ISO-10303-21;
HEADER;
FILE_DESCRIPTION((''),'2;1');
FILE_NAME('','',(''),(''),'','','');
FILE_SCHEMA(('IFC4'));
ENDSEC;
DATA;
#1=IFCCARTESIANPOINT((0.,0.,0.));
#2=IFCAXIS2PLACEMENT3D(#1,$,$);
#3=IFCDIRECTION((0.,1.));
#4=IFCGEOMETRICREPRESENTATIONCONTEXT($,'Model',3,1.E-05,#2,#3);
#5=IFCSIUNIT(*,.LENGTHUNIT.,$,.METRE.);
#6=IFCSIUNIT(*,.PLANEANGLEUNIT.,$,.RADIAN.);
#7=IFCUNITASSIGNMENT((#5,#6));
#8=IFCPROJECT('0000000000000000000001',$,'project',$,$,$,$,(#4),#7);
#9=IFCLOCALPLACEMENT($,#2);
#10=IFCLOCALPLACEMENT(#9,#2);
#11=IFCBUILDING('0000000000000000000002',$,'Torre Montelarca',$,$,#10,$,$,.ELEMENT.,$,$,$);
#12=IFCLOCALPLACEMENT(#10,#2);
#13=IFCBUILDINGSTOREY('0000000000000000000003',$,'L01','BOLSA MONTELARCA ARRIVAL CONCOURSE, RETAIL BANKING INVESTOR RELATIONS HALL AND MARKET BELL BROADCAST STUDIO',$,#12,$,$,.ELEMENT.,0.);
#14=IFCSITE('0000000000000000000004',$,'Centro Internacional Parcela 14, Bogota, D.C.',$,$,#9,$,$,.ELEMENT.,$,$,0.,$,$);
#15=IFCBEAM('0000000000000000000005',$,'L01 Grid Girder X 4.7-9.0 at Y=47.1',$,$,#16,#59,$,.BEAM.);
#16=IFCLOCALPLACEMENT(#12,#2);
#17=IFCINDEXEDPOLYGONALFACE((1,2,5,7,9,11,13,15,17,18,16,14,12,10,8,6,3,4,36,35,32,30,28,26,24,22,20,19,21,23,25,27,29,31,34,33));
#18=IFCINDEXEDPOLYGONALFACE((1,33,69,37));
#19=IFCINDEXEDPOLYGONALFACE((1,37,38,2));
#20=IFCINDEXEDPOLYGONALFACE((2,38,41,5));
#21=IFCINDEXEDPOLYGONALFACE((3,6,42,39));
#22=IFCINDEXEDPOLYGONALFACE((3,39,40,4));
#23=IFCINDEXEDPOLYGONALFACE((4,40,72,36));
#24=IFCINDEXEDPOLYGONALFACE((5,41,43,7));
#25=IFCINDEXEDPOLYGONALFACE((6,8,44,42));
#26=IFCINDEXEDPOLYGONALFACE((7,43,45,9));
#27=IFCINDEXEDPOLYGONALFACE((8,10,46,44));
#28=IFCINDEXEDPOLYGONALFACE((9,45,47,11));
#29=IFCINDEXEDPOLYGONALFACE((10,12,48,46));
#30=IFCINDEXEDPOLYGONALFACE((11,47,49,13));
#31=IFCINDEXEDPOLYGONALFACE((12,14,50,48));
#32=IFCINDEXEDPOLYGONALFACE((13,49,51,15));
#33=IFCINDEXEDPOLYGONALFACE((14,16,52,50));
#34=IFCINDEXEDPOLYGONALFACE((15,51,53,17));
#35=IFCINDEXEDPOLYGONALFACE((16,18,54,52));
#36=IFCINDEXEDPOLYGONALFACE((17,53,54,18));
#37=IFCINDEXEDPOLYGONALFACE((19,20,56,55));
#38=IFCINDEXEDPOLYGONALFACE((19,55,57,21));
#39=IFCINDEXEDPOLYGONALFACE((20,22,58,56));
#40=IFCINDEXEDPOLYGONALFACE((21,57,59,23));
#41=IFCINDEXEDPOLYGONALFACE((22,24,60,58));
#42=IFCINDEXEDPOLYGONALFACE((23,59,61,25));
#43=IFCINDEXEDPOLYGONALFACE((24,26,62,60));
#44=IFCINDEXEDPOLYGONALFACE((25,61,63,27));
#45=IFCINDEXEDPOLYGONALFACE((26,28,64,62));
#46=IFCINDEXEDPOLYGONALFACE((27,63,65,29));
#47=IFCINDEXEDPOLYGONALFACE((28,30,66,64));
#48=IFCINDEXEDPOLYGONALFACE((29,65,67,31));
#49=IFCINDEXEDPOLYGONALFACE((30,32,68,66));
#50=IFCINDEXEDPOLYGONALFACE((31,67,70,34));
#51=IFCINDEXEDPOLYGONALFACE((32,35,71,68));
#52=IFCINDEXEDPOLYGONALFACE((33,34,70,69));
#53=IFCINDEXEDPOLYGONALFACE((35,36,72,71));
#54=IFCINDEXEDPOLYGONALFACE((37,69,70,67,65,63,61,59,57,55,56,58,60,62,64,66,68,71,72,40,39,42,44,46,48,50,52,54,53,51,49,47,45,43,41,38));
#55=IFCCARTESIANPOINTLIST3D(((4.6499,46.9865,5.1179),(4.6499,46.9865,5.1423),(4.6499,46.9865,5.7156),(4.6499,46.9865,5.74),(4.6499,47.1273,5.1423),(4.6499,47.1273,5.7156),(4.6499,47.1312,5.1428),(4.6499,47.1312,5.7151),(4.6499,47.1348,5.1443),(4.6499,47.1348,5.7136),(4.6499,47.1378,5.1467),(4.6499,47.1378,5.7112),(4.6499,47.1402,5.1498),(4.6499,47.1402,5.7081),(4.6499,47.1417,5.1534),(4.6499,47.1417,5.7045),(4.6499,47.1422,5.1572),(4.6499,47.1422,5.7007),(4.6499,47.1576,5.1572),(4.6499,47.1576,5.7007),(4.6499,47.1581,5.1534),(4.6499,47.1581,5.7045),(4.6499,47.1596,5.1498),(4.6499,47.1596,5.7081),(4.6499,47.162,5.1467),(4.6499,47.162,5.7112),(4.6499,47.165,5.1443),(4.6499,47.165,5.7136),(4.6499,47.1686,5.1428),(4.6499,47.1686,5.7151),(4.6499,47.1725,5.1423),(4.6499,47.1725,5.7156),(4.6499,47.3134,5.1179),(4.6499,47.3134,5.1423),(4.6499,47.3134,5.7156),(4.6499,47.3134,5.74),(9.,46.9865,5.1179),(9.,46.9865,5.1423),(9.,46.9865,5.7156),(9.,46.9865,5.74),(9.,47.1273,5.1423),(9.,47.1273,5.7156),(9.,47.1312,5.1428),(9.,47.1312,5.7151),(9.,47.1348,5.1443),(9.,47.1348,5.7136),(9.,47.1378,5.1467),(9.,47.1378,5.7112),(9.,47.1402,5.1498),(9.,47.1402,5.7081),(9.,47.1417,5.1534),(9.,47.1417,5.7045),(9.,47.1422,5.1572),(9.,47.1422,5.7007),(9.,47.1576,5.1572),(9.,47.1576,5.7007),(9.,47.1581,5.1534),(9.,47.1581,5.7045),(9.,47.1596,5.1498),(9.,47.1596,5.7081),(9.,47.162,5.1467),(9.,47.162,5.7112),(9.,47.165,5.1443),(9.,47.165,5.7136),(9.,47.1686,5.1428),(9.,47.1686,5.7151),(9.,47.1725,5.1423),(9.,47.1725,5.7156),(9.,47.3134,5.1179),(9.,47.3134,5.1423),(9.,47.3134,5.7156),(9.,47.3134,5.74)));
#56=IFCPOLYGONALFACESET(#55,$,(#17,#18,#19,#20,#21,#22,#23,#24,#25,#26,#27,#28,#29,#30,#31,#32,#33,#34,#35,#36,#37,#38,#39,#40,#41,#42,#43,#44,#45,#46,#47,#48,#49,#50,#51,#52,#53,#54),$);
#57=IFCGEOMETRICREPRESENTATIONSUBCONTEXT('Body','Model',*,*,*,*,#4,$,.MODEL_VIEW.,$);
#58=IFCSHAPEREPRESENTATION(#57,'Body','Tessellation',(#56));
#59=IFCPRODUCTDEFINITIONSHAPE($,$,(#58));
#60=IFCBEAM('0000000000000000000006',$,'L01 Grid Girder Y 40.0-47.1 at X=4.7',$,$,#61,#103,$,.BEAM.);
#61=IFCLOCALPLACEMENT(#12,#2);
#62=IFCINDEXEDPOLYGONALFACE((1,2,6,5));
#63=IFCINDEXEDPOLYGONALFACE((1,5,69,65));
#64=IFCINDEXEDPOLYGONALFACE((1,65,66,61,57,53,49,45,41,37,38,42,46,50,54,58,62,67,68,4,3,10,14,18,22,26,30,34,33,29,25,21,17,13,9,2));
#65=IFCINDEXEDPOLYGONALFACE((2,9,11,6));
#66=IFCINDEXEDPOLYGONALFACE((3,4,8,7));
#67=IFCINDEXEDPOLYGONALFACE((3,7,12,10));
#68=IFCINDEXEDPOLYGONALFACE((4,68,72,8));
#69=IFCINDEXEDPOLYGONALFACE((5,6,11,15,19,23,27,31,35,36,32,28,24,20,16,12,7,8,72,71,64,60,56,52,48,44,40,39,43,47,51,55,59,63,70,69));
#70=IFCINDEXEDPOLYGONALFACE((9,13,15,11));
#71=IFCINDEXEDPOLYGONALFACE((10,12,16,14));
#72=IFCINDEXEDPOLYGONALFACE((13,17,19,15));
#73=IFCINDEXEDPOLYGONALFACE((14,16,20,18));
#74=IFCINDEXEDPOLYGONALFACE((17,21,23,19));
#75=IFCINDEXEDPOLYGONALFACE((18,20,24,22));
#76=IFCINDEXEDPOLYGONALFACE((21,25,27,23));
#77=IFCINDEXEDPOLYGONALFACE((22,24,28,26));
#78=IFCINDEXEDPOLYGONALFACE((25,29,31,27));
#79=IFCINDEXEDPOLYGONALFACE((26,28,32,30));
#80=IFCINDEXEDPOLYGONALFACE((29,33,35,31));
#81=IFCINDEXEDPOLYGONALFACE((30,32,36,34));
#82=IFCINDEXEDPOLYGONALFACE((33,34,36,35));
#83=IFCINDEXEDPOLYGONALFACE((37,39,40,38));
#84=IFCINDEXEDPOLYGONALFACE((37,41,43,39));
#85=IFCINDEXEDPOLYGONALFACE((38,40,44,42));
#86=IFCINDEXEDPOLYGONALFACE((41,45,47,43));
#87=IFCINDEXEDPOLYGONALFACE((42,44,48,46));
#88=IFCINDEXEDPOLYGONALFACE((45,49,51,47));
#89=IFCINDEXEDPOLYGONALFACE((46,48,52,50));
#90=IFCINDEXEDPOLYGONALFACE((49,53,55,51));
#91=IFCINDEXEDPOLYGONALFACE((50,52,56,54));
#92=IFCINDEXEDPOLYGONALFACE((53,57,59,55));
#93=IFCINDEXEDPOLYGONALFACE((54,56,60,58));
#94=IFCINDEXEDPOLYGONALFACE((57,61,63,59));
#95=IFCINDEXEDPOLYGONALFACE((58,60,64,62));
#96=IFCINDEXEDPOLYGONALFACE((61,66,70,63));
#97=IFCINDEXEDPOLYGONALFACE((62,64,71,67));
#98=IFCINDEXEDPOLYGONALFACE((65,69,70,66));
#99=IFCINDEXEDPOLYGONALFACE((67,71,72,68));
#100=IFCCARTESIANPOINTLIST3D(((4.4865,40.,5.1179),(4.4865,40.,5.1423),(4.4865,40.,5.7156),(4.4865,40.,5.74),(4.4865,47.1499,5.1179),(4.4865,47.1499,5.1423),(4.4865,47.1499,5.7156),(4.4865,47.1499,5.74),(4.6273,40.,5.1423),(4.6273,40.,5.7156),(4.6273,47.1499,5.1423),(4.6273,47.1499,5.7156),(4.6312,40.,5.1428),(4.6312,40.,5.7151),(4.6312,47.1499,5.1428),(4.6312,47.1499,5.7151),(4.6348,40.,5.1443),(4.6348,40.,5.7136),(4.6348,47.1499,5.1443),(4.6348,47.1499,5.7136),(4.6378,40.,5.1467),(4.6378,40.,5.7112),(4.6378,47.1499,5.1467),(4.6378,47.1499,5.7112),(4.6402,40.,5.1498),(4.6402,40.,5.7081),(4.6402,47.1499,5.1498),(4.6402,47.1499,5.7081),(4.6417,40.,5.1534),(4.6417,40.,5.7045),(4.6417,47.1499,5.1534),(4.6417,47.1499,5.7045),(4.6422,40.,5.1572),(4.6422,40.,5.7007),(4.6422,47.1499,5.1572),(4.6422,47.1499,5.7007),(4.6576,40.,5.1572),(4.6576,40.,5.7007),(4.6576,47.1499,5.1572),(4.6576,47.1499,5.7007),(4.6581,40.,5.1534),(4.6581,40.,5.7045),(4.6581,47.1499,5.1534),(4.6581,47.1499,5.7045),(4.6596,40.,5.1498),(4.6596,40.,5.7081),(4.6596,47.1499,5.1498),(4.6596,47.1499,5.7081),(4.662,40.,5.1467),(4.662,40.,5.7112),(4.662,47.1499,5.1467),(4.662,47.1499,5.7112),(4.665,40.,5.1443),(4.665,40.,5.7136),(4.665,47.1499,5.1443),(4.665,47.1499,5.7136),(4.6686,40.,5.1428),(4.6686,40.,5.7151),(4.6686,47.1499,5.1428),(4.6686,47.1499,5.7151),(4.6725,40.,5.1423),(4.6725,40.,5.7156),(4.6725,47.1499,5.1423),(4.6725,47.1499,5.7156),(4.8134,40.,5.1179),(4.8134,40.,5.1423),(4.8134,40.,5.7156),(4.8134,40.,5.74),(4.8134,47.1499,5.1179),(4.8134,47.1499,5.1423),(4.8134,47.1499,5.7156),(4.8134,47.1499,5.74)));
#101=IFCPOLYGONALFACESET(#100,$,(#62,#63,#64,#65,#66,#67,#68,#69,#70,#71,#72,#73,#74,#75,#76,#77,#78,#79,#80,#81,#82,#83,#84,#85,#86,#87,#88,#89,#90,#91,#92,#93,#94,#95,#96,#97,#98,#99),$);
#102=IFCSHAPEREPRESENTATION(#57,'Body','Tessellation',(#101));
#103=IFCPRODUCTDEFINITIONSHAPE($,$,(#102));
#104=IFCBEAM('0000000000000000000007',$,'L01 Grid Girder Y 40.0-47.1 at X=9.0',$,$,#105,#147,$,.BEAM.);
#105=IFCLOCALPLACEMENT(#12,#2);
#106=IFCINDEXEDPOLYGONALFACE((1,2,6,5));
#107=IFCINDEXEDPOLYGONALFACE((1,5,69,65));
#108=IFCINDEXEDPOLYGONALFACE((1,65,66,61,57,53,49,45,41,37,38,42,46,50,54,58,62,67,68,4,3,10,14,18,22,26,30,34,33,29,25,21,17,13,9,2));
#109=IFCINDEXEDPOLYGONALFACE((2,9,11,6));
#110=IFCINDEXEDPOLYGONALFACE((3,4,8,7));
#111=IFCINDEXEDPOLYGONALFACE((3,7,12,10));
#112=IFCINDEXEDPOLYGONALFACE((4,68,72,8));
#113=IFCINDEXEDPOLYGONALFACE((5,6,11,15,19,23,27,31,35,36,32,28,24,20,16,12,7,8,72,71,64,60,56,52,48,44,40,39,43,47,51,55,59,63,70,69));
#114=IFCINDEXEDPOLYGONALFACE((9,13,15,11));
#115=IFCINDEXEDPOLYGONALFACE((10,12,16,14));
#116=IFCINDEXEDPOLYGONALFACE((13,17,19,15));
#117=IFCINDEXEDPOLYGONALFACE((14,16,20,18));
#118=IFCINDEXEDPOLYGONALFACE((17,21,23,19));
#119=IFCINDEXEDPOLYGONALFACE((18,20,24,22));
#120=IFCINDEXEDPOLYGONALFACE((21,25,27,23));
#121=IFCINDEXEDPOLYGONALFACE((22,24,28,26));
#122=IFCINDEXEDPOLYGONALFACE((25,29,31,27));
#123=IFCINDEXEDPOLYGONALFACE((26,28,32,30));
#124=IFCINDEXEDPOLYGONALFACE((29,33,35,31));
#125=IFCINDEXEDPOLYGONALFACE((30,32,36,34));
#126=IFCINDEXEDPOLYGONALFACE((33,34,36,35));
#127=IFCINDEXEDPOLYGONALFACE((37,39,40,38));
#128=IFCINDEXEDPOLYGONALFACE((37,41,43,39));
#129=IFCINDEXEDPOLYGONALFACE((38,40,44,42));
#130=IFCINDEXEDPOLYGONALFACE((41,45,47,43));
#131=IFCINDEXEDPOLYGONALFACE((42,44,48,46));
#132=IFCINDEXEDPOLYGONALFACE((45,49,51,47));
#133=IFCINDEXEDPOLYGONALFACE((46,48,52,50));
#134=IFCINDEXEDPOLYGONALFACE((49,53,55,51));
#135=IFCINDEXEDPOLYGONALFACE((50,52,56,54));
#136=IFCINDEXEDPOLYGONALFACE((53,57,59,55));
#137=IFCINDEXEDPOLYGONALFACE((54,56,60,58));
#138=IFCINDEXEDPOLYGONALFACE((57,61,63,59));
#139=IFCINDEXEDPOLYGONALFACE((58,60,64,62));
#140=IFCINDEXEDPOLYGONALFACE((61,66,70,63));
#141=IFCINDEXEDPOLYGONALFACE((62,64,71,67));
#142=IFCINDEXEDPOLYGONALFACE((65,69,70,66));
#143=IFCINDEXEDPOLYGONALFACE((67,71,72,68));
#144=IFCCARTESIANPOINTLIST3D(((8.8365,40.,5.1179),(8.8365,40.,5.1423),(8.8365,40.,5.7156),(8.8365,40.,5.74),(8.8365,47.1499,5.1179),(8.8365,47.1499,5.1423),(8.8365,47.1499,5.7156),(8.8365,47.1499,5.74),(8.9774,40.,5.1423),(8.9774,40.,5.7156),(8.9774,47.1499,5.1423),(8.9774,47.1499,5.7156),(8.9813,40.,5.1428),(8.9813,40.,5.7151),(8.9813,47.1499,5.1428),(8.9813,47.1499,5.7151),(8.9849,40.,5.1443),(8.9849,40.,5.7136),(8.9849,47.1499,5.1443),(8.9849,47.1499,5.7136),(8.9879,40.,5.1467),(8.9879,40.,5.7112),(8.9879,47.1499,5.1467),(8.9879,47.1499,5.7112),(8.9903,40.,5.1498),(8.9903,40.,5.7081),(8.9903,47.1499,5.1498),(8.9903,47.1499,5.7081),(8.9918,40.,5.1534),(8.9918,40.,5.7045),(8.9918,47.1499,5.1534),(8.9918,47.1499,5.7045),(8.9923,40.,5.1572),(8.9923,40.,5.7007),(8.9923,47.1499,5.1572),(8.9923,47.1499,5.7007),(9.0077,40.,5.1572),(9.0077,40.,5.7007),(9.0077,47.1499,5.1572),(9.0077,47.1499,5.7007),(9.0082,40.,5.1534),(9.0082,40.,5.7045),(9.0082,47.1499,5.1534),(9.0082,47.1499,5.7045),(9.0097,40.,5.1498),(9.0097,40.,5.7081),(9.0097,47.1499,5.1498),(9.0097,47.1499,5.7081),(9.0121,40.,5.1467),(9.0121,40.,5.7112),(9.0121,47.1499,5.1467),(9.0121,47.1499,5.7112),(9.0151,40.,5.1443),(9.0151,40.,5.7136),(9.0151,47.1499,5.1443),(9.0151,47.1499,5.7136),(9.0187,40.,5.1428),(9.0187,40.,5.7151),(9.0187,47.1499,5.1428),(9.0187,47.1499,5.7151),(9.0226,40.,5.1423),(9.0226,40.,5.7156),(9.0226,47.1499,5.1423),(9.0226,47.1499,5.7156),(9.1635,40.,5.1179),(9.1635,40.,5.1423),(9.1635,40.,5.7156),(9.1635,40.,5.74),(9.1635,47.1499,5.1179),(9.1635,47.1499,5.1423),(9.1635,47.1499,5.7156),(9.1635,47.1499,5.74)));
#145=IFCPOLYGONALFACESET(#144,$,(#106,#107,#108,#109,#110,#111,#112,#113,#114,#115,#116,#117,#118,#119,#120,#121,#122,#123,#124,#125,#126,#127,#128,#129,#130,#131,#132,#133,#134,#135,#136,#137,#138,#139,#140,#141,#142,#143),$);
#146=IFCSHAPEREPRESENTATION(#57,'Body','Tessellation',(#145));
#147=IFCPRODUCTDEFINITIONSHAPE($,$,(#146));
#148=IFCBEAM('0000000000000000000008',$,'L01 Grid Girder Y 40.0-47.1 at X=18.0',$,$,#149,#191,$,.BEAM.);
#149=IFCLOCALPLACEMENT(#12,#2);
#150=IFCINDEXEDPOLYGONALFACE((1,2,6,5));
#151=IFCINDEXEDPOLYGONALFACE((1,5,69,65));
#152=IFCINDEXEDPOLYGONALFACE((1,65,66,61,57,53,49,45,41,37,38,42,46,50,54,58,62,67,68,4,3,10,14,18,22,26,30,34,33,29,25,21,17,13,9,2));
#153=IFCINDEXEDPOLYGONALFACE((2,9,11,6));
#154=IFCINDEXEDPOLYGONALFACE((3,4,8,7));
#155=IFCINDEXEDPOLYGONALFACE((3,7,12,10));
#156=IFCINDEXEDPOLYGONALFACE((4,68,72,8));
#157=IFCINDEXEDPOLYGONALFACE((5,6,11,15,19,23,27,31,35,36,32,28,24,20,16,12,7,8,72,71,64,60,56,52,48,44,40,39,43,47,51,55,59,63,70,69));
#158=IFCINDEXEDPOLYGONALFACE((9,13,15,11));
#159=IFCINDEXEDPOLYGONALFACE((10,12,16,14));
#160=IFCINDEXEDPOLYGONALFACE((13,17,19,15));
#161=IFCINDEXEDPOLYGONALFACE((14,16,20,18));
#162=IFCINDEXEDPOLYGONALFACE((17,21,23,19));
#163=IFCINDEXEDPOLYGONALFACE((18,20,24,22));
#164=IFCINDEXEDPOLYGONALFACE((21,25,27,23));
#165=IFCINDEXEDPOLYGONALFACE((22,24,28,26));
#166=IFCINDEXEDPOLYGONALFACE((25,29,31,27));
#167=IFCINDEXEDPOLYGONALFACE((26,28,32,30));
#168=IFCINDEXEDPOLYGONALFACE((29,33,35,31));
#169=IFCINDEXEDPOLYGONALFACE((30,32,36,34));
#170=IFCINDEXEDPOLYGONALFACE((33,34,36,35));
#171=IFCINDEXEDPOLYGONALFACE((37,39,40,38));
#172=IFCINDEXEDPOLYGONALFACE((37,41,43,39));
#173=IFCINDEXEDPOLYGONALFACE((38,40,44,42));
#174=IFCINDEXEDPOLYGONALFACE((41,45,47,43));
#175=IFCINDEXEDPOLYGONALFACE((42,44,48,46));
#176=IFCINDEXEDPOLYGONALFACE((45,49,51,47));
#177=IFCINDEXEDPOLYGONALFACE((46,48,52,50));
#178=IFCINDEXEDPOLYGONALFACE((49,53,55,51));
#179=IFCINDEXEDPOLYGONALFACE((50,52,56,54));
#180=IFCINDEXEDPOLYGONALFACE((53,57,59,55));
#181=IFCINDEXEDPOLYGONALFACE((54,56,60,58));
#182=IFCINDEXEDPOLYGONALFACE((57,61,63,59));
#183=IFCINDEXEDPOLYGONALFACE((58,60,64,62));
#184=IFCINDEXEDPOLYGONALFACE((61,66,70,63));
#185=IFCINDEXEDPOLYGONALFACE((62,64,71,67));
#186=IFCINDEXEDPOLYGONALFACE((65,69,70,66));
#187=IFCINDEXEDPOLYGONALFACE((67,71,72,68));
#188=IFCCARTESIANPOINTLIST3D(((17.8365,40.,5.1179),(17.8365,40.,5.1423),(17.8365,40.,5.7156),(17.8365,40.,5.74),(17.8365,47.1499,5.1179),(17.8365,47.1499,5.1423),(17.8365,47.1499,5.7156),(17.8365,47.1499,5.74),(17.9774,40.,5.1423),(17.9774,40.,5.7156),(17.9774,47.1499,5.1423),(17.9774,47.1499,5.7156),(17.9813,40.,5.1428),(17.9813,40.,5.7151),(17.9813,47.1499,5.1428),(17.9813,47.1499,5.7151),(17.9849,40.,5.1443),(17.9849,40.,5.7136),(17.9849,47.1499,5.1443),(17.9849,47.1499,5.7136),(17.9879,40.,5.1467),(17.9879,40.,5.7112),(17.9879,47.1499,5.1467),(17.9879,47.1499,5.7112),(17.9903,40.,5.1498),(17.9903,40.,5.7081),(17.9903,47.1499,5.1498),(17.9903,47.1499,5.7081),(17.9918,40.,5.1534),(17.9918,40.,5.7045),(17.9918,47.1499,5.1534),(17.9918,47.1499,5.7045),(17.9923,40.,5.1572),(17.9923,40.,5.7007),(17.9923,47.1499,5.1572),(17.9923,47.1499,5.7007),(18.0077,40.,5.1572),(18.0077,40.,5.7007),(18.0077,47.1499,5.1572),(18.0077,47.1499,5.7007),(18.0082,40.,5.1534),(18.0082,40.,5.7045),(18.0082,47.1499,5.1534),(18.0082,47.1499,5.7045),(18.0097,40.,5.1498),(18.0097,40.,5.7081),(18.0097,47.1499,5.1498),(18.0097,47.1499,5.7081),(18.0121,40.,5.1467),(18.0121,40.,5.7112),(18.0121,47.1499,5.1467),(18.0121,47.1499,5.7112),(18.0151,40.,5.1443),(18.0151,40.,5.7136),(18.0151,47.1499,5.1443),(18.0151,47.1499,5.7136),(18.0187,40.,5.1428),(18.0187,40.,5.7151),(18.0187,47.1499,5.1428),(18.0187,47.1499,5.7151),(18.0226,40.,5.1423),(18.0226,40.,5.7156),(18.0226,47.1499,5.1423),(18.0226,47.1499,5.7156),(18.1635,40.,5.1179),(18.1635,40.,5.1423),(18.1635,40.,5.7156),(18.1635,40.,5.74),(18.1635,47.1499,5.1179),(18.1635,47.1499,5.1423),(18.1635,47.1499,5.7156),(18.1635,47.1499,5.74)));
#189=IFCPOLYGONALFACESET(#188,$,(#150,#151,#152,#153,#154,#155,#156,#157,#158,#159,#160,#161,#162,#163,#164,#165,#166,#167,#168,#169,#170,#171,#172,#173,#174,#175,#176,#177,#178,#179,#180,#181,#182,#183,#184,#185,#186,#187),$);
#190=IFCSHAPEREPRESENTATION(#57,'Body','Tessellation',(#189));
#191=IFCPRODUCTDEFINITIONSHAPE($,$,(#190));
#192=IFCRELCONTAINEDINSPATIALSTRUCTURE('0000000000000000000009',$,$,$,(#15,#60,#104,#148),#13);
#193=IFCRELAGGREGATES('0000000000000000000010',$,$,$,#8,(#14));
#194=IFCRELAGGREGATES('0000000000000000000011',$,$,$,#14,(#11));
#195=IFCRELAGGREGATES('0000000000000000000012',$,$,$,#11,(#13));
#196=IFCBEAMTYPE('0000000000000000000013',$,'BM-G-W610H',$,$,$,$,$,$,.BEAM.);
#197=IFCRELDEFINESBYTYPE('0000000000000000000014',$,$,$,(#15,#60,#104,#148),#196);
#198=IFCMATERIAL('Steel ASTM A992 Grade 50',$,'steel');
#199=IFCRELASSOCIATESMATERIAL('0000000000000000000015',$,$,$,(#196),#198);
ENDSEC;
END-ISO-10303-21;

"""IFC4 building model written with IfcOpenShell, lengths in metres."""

from ifc_helpers import new_model, si_unit, direction, frame, origin, origin_2d, place, context, subcontext, project, spatial, i_section, extrude, source, transform, mapped, material, material_profile, profile_set, type_object, element, save


model = new_model("IFC4")

# Units and contexts
model_context = context("Model", 3, precision=1e-05, world=origin(), true_north=direction((0.0, 1.0)))
body_context = subcontext(model_context, "Body", "Model", "MODEL_VIEW")
ifc_project = project(units=[si_unit("LENGTHUNIT", "METRE"), si_unit("PLANEANGLEUNIT", "RADIAN")], contexts=[model_context])

# Site, building, storey
site_placement = place(None, origin())
site = spatial("IfcSite", under=ifc_project, at=site_placement, Name="Centro Internacional Parcela 14, Bogota, D.C.", CompositionType="ELEMENT", RefElevation=0.0)
building_placement = place(site_placement, origin())
building = spatial("IfcBuilding", under=site, at=building_placement, Name="Torre Montelarca", CompositionType="ELEMENT")
storey_placement = place(building_placement, origin())
storey = spatial("IfcBuildingStorey", under=building, at=storey_placement, Name="L01", Description="BOLSA MONTELARCA ARRIVAL CONCOURSE, RETAIL BANKING INVESTOR RELATIONS HALL AND MARKET BELL BROADCAST STUDIO", CompositionType="ELEMENT", Elevation=0.0)

# Beams
ifc_material_1 = material(Name="Steel ASTM A992 Grade 50", Category="steel")
ifc_material_profile_1 = material_profile(ifc_material_1, i_section(OverallWidth=0.3269, OverallDepth=0.6221, WebThickness=0.0154, FlangeThickness=0.0244, FilletRadius=0.0149, at=origin_2d()), Name="W610X195", Category="steel")
ifc_profile_set_1 = profile_set([ifc_material_profile_1], Name="Steel ASTM A992 Grade 50")
beam_type_1 = type_object("IfcBeamType", Name="BM-G-W610H", PredefinedType="BEAM", material=ifc_profile_set_1)
shared_shape_1 = source(origin(), body_context, "Body", "SweptSolid", [
    extrude(i_section(OverallWidth=0.3269, OverallDepth=0.6221, WebThickness=0.0154, FlangeThickness=0.0244, FilletRadius=0.0149, at=origin_2d()), origin(), (0.0, 0.0, 1.0), 4.3501),
])
for number, where, z_axis, x_axis, name in (
    (1, (4.6499, 47.1499, 5.429), (1.0, 0.0, 0.0), (0.0, 1.0, 0.0), "L01 Grid Girder X 4.7-9.0 at Y=47.1"),
):
    element("IfcBeam", number, at=place(storey_placement, frame(where, z_axis=z_axis, x_axis=x_axis)), inside=storey, type_object=beam_type_1, Name=name, PredefinedType="BEAM", context=body_context, shape_type="MappedRepresentation", body=[
        mapped(shared_shape_1, transform((0.0, 0.0, 0.0), scale=1.0)),
    ])
shared_shape_2 = source(origin(), body_context, "Body", "SweptSolid", [
    extrude(i_section(OverallWidth=0.3269, OverallDepth=0.6221, WebThickness=0.0154, FlangeThickness=0.0244, FilletRadius=0.0149, at=origin_2d()), origin(), (0.0, 0.0, 1.0), 7.1499),
])
for number, where, z_axis, x_axis, name in (
    (2, (4.6499, 40.0, 5.429), (0.0, 1.0, 0.0), (-1.0, 0.0, 0.0), "L01 Grid Girder Y 40.0-47.1 at X=4.7"),
    (3, (9.0, 40.0, 5.429), (0.0, 1.0, 0.0), (-1.0, 0.0, 0.0), "L01 Grid Girder Y 40.0-47.1 at X=9.0"),
    (4, (18.0, 40.0, 5.429), (0.0, 1.0, 0.0), (-1.0, 0.0, 0.0), "L01 Grid Girder Y 40.0-47.1 at X=18.0"),
):
    element("IfcBeam", number, at=place(storey_placement, frame(where, z_axis=z_axis, x_axis=x_axis)), inside=storey, type_object=beam_type_1, Name=name, PredefinedType="BEAM", context=body_context, shape_type="MappedRepresentation", body=[
        mapped(shared_shape_2, transform((0.0, 0.0, 0.0), scale=1.0)),
    ])

save(model, "model.ifc")
